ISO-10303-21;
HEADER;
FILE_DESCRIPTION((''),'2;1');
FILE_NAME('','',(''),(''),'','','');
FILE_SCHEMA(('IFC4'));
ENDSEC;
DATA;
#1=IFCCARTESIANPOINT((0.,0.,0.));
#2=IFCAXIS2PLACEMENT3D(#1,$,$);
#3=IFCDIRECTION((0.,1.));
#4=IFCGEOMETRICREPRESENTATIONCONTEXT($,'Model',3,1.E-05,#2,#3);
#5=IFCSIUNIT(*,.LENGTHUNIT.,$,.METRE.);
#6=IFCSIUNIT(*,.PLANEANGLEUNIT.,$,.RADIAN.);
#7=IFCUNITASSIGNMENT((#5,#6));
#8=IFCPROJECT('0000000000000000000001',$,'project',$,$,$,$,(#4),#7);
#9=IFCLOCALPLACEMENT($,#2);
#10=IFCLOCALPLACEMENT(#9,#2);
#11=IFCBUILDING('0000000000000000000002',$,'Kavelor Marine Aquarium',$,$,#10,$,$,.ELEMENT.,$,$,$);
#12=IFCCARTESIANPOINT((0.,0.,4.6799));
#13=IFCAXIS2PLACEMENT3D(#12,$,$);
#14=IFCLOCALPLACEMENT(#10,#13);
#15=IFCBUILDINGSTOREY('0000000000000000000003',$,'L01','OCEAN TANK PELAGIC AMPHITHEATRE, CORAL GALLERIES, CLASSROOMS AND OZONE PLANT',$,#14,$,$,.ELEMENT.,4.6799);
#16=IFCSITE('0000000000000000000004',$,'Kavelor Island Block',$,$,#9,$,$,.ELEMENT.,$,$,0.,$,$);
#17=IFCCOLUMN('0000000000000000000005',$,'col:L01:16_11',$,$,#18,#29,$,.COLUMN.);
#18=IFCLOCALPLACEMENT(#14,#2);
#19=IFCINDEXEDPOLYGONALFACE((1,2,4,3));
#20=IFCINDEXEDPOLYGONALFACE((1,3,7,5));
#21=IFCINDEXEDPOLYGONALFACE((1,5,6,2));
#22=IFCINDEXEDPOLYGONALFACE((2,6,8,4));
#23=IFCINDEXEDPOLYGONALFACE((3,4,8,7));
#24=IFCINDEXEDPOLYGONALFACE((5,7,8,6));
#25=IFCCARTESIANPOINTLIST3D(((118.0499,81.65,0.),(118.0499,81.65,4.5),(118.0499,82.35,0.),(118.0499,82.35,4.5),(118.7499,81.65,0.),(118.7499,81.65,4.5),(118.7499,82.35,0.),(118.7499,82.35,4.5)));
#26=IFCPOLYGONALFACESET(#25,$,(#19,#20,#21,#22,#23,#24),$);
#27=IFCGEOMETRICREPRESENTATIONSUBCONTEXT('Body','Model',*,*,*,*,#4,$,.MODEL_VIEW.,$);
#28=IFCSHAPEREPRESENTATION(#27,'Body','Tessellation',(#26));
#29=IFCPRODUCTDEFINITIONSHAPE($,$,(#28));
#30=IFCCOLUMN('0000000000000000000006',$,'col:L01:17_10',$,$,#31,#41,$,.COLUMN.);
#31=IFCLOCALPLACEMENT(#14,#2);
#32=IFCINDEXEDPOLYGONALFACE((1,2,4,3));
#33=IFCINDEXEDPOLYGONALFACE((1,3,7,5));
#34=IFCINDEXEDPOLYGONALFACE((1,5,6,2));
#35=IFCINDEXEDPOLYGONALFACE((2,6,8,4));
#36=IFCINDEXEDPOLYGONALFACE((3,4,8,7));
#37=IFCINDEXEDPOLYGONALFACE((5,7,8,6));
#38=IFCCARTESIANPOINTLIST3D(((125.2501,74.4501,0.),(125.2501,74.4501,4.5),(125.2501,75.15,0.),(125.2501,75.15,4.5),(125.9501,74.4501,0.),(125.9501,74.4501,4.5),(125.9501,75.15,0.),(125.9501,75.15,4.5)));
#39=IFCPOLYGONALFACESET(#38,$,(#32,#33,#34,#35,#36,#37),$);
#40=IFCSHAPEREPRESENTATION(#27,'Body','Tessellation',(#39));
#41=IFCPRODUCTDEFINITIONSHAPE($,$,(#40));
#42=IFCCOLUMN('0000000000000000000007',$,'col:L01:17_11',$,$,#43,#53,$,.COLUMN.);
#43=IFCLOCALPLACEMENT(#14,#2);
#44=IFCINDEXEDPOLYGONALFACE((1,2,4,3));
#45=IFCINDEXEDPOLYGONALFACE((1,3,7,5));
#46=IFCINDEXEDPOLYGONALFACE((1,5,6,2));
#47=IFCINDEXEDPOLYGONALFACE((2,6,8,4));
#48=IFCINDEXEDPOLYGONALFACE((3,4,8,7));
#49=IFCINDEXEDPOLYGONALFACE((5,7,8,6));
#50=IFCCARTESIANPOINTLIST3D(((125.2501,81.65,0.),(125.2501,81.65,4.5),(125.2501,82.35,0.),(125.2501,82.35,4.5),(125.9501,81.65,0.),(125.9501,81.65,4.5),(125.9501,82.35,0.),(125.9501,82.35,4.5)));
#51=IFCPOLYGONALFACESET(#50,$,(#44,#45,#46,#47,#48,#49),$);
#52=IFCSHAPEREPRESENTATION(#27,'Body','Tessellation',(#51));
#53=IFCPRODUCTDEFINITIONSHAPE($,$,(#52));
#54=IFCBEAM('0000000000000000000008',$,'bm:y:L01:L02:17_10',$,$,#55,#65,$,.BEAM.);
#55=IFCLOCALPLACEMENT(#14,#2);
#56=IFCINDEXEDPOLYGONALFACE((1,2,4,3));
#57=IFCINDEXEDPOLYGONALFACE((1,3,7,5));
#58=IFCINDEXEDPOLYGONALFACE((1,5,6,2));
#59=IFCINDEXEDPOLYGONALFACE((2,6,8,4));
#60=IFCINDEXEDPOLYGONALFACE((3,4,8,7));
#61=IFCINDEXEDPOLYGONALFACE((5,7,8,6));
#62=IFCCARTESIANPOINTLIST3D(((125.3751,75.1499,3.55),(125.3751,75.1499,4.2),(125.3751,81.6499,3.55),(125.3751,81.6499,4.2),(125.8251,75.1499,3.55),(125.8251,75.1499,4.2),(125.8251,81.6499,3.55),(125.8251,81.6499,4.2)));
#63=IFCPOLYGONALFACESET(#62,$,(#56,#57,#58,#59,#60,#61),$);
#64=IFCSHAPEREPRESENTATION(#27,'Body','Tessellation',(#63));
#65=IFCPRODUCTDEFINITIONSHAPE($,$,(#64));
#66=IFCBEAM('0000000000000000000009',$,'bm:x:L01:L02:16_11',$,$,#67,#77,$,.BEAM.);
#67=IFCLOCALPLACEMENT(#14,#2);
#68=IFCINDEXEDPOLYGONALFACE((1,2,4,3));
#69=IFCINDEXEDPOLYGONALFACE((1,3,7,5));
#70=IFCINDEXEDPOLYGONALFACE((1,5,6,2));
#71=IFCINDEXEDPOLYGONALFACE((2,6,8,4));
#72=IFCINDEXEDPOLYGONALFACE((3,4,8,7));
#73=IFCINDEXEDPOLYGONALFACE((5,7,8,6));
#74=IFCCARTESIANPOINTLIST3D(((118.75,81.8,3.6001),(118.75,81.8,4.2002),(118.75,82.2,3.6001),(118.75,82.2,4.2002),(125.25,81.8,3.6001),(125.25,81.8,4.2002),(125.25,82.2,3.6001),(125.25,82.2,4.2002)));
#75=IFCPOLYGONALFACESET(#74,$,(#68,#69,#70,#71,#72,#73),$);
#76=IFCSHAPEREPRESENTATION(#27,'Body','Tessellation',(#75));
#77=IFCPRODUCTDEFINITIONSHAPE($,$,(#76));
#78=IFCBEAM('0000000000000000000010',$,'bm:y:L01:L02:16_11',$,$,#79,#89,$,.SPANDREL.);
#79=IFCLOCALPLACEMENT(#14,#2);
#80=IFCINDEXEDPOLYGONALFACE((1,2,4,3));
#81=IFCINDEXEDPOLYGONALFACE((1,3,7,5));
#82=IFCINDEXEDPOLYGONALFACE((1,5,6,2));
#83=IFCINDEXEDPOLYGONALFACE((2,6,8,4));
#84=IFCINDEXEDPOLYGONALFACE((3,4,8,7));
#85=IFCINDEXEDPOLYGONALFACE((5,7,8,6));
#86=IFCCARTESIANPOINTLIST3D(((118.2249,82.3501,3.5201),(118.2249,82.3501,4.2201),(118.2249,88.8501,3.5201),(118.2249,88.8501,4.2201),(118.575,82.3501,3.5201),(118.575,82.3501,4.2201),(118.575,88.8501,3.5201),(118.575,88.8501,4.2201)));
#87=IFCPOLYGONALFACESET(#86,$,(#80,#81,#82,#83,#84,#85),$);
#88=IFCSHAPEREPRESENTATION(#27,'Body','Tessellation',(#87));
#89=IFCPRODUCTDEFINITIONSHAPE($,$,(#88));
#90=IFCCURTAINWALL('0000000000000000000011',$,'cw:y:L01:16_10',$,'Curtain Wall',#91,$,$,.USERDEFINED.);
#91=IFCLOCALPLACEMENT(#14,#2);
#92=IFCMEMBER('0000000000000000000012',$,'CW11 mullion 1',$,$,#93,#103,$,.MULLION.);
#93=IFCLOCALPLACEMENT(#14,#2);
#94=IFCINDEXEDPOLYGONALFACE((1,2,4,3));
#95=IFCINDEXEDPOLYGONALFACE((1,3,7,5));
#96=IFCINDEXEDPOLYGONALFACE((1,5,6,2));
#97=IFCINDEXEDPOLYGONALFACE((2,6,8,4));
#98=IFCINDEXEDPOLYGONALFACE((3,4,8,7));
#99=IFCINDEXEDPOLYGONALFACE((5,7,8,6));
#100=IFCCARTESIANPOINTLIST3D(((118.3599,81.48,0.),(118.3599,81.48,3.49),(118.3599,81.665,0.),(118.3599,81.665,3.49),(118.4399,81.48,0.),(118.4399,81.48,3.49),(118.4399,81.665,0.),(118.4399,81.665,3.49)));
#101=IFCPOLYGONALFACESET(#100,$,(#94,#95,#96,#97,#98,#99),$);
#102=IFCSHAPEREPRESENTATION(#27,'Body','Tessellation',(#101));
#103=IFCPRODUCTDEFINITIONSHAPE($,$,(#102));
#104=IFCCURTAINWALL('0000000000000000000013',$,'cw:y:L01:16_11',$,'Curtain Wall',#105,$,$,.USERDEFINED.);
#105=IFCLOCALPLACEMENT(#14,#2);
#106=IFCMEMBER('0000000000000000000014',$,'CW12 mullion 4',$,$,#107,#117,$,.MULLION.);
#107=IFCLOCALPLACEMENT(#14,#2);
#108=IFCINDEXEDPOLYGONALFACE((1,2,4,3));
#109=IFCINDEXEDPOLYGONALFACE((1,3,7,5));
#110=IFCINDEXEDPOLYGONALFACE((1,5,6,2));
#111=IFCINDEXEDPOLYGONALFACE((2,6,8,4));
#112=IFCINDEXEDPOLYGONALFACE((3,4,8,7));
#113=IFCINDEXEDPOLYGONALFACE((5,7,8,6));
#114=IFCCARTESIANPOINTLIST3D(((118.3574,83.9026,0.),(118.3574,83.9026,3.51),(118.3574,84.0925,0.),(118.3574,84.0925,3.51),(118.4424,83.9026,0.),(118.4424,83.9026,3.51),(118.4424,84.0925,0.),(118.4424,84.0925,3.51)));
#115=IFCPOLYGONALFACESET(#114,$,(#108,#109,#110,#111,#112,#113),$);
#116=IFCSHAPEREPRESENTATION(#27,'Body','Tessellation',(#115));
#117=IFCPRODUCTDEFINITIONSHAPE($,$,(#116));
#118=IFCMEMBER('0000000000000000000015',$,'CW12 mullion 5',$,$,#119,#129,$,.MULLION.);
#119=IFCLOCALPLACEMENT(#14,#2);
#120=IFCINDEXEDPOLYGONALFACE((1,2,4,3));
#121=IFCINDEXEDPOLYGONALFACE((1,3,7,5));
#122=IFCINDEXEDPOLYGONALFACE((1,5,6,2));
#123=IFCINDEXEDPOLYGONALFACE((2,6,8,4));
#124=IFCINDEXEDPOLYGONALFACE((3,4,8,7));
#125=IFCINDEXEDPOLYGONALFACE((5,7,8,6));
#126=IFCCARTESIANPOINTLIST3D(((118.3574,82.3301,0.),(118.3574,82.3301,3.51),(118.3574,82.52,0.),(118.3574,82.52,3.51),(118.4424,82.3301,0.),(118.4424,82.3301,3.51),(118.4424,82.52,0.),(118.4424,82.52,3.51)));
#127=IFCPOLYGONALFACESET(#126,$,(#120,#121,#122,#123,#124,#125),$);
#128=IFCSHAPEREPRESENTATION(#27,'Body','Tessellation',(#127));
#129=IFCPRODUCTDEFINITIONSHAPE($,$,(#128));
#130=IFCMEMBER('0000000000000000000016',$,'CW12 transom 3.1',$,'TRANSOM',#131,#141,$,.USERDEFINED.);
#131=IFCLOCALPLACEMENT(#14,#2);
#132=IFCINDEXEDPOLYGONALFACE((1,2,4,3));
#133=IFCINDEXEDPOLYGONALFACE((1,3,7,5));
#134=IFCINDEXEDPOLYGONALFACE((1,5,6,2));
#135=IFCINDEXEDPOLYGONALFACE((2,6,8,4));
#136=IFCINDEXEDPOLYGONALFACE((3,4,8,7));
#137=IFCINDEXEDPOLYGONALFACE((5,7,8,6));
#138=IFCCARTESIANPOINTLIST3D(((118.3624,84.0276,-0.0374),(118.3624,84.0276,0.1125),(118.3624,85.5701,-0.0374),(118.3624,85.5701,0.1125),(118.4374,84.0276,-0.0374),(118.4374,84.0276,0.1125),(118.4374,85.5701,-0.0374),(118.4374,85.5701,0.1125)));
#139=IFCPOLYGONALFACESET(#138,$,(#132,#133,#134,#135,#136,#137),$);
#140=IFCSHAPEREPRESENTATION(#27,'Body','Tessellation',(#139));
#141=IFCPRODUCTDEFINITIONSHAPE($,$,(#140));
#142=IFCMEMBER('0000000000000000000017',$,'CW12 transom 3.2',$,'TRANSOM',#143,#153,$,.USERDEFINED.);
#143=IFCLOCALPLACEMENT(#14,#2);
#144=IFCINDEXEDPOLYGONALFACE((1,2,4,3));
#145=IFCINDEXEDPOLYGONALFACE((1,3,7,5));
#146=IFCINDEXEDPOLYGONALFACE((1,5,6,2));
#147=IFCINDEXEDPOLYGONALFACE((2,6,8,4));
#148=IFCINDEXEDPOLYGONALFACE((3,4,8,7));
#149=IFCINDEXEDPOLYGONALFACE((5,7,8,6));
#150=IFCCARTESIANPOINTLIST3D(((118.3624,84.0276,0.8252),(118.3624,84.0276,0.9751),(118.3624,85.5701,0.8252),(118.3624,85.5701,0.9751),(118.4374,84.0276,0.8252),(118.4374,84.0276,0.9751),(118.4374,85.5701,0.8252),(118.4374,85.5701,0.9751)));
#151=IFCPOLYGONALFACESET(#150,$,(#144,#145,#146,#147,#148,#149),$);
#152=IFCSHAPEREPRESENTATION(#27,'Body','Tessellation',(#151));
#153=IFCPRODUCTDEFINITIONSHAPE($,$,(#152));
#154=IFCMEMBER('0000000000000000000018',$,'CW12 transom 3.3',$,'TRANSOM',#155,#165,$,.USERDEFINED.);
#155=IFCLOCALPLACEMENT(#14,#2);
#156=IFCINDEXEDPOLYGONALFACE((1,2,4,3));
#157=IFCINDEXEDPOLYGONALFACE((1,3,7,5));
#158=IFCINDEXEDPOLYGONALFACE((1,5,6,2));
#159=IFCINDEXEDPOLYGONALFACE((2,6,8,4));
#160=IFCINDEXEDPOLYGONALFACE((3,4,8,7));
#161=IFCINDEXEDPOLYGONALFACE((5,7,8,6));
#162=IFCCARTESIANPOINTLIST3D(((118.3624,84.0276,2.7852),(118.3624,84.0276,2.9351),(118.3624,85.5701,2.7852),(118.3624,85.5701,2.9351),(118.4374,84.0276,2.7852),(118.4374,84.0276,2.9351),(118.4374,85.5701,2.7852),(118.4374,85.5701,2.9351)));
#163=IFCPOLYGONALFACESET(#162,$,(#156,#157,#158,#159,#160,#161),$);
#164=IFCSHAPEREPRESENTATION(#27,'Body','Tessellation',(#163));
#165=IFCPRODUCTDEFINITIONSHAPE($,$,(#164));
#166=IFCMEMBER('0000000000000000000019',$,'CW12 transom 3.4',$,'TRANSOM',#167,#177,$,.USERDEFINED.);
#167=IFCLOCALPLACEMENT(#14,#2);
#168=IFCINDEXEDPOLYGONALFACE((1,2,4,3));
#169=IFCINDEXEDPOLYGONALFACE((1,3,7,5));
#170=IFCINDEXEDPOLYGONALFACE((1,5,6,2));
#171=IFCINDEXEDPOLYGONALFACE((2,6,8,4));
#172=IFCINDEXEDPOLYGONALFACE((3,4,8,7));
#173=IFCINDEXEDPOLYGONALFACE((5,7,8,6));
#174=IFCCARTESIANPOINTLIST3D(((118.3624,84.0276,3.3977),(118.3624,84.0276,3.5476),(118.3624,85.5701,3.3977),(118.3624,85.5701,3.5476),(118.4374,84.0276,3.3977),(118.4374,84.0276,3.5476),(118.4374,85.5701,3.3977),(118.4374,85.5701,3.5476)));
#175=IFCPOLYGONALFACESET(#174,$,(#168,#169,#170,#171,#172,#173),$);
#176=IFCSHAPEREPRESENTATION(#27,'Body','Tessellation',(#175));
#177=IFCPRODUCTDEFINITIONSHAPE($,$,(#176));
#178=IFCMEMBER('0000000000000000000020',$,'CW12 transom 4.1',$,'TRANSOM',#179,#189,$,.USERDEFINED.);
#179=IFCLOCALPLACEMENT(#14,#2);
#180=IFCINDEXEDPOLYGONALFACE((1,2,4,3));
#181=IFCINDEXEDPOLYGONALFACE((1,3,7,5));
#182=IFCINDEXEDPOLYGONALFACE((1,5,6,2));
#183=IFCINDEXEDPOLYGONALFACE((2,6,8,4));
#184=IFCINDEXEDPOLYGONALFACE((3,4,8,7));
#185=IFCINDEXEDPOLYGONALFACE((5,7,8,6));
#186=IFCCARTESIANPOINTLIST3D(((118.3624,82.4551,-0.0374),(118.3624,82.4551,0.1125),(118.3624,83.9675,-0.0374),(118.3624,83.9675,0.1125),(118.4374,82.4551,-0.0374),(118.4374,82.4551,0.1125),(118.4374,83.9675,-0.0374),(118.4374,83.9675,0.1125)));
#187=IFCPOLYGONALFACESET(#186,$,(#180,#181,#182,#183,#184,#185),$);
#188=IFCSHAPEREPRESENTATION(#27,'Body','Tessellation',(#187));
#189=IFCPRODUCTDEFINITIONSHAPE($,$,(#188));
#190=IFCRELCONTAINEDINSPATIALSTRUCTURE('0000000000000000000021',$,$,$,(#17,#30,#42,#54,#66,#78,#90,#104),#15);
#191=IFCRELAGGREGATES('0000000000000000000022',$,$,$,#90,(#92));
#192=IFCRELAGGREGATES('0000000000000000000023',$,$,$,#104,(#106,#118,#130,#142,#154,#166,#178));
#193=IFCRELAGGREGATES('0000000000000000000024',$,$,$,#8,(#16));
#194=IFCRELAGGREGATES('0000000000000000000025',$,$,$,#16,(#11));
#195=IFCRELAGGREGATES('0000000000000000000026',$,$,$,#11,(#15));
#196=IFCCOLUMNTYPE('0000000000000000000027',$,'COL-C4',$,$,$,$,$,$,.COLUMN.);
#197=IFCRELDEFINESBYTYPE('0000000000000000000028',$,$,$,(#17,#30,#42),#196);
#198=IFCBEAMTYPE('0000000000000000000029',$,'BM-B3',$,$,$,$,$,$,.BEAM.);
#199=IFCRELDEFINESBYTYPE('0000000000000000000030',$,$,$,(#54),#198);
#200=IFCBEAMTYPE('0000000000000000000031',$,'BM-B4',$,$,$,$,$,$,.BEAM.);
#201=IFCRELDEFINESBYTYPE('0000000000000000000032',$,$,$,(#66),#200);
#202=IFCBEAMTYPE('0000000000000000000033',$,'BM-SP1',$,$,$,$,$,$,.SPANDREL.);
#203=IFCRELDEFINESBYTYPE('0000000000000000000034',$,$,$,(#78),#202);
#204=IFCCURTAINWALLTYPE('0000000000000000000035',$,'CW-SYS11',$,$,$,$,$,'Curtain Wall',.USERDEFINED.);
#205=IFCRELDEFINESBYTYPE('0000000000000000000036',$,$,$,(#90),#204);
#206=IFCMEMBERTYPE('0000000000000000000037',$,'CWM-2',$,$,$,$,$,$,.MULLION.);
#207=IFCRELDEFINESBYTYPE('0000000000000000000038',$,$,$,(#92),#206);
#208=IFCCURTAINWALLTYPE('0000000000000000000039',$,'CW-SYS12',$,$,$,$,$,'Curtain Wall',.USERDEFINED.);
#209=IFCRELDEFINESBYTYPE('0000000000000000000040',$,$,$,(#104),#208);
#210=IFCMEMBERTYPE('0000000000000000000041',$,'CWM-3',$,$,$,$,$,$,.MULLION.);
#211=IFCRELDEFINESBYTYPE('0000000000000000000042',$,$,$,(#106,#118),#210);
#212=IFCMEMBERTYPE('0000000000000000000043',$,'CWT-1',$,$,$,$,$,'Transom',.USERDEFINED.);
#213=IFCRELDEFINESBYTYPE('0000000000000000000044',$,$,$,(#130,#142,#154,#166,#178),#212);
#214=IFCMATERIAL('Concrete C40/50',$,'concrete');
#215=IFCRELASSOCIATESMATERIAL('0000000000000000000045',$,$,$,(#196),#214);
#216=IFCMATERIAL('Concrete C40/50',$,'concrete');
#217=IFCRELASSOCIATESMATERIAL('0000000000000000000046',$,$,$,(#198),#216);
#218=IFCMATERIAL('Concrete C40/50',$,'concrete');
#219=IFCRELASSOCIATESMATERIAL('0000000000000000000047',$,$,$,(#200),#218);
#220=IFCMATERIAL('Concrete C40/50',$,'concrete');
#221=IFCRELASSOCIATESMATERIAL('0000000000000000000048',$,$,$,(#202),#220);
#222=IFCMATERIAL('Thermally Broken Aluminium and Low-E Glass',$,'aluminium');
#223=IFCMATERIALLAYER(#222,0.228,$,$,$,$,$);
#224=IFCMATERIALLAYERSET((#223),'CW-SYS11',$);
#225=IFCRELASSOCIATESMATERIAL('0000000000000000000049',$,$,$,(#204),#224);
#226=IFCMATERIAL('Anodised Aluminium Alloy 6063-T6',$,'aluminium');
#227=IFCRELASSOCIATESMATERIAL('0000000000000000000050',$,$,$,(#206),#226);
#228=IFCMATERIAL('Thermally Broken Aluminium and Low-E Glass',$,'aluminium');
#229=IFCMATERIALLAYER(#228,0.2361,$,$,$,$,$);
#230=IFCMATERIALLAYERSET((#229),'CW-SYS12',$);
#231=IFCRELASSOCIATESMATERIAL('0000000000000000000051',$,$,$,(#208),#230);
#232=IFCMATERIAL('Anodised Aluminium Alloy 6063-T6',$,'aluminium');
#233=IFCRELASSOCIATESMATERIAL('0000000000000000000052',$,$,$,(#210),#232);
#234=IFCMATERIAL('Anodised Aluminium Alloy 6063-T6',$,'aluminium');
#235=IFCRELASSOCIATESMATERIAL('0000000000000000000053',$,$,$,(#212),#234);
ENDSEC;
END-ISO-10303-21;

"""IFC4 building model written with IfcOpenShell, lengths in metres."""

from ifc_helpers import new_model, si_unit, direction, frame, origin, origin_2d, place, context, subcontext, project, spatial, rectangle, extrude, material, layer, layer_set, material_profile, profile_set, type_object, element, aggregate, save


model = new_model("IFC4")

# Units and contexts
model_context = context("Model", 3, precision=1e-05, world=origin(), true_north=direction((0.0, 1.0)))
body_context = subcontext(model_context, "Body", "Model", "MODEL_VIEW")
ifc_project = project(units=[si_unit("LENGTHUNIT", "METRE"), si_unit("PLANEANGLEUNIT", "RADIAN")], contexts=[model_context])

# Site, building, storey
site_placement = place(None, origin())
site = spatial("IfcSite", under=ifc_project, at=site_placement, Name="Kavelor Island Block", CompositionType="ELEMENT", RefElevation=0.0)
building_placement = place(site_placement, origin())
building = spatial("IfcBuilding", under=site, at=building_placement, Name="Kavelor Marine Aquarium", CompositionType="ELEMENT")
storey_placement = place(building_placement, frame((0.0, 0.0, 4.6799)))
storey = spatial("IfcBuildingStorey", under=building, at=storey_placement, Name="L01", Description="OCEAN TANK PELAGIC AMPHITHEATRE, CORAL GALLERIES, CLASSROOMS AND OZONE PLANT", CompositionType="ELEMENT", Elevation=4.6799)

# Columns
ifc_material_1 = material(Name="Concrete C40/50", Category="concrete")
ifc_material_profile_1 = material_profile(ifc_material_1, rectangle(XDim=0.7, YDim=0.7, at=origin_2d()), Name="RC-COL 700x700")
ifc_profile_set_1 = profile_set([ifc_material_profile_1], Name="Concrete C40/50")
column_type = type_object("IfcColumnType", Name="COL-C4", PredefinedType="COLUMN", material=ifc_profile_set_1)
for number, where, z_axis, x_axis, name in (
    (1, (118.3999, 82.0, 0.0), (0.0, 0.0, 1.0), (1.0, 0.0, 0.0), "col:L01:16_11"),
    (2, (125.6001, 74.8, 0.0), (0.0, 0.0, 1.0), (1.0, 0.0, 0.0), "col:L01:17_10"),
    (3, (125.6001, 82.0, 0.0), (0.0, 0.0, 1.0), (1.0, 0.0, 0.0), "col:L01:17_11"),
):
    element("IfcColumn", number, at=place(storey_placement, frame(where, z_axis=z_axis, x_axis=x_axis)), inside=storey, type_object=column_type, Name=name, PredefinedType="COLUMN", context=body_context, shape_type="SweptSolid", body=[
        extrude(rectangle(XDim=0.7, YDim=0.7, at=origin_2d()), origin(), (0.0, 0.0, 1.0), 4.5),
    ])

# Beams
ifc_material_2 = material(Name="Concrete C40/50", Category="concrete")
ifc_material_profile_2 = material_profile(ifc_material_2, rectangle(XDim=0.45, YDim=0.6499, at=origin_2d()), Name="RC-BM 450x650")
ifc_profile_set_2 = profile_set([ifc_material_profile_2], Name="Concrete C40/50")
beam_type_1 = type_object("IfcBeamType", Name="BM-B3", PredefinedType="BEAM", material=ifc_profile_set_2)
beam_1_placement = place(storey_placement, frame((125.6001, 75.1499, 3.875), z_axis=(0.0, 1.0, 0.0), x_axis=(-1.0, 0.0, 0.0)))
element("IfcBeam", 4, at=beam_1_placement, inside=storey, type_object=beam_type_1, Name="bm:y:L01:L02:17_10", PredefinedType="BEAM", context=body_context, shape_type="SweptSolid", body=[
    extrude(rectangle(XDim=0.45, YDim=0.6499, at=origin_2d()), origin(), (0.0, 0.0, 1.0), 6.5),
])
ifc_material_3 = material(Name="Concrete C40/50", Category="concrete")
ifc_material_profile_3 = material_profile(ifc_material_3, rectangle(XDim=0.3999, YDim=0.6001, at=origin_2d()), Name="RC-BM 400x600")
ifc_profile_set_3 = profile_set([ifc_material_profile_3], Name="Concrete C40/50")
beam_type_2 = type_object("IfcBeamType", Name="BM-B4", PredefinedType="BEAM", material=ifc_profile_set_3)
beam_2_placement = place(storey_placement, frame((118.75, 82.0, 3.9001), z_axis=(1.0, 0.0, 0.0), x_axis=(0.0, 1.0, 0.0)))
element("IfcBeam", 5, at=beam_2_placement, inside=storey, type_object=beam_type_2, Name="bm:x:L01:L02:16_11", PredefinedType="BEAM", context=body_context, shape_type="SweptSolid", body=[
    extrude(rectangle(XDim=0.3999, YDim=0.6001, at=origin_2d()), origin(), (0.0, 0.0, 1.0), 6.5),
])
ifc_material_4 = material(Name="Concrete C40/50", Category="concrete")
ifc_material_profile_4 = material_profile(ifc_material_4, rectangle(XDim=0.3501, YDim=0.7, at=origin_2d()), Name="RC-SP 350x700")
ifc_profile_set_4 = profile_set([ifc_material_profile_4], Name="Concrete C40/50")
beam_type_3 = type_object("IfcBeamType", Name="BM-SP1", PredefinedType="SPANDREL", material=ifc_profile_set_4)
beam_3_placement = place(storey_placement, frame((118.3999, 82.3501, 3.8701), z_axis=(0.0, 1.0, 0.0), x_axis=(-1.0, 0.0, 0.0)))
element("IfcBeam", 6, at=beam_3_placement, inside=storey, type_object=beam_type_3, Name="bm:y:L01:L02:16_11", PredefinedType="SPANDREL", context=body_context, shape_type="SweptSolid", body=[
    extrude(rectangle(XDim=0.3501, YDim=0.7, at=origin_2d()), origin(), (0.0, 0.0, 1.0), 6.5),
])

# Curtain wall, member
ifc_material_5 = material(Name="Thermally Broken Aluminium and Low-E Glass", Category="aluminium")
ifc_layer_1 = layer(ifc_material_5, 0.228)
ifc_layer_set_1 = layer_set([ifc_layer_1], Name="CW-SYS11")
curtain_wall_type_1 = type_object("IfcCurtainWallType", Name="CW-SYS11", ElementType="Curtain Wall", PredefinedType="USERDEFINED", material=ifc_layer_set_1)
curtain_wall_1_placement = place(storey_placement, origin())
curtain_wall_1 = element("IfcCurtainWall", 7, at=curtain_wall_1_placement, inside=storey, type_object=curtain_wall_type_1, Name="cw:y:L01:16_10", ObjectType="Curtain Wall", PredefinedType="USERDEFINED")
ifc_material_6 = material(Name="Anodised Aluminium Alloy 6063-T6", Category="aluminium")
ifc_material_profile_5 = material_profile(ifc_material_6, rectangle(XDim=0.0801, YDim=0.1851, at=origin_2d()), Name="CW-MUL 80x185")
ifc_profile_set_5 = profile_set([ifc_material_profile_5], Name="Anodised Aluminium Alloy 6063-T6")
member_type_1 = type_object("IfcMemberType", Name="CWM-2", PredefinedType="MULLION", material=ifc_profile_set_5)
member_1_placement = place(storey_placement, frame((118.3999, 81.5725, 0.0), z_axis=(0.0, 0.0, 1.0), x_axis=(1.0, 0.0, 0.0)))
member_1 = element("IfcMember", 8, at=member_1_placement, type_object=member_type_1, Name="CW11 mullion 1", PredefinedType="MULLION", context=body_context, shape_type="SweptSolid", body=[
    extrude(rectangle(XDim=0.0801, YDim=0.1851, at=origin_2d()), origin(), (0.0, 0.0, 1.0), 3.49),
])

# Curtain wall, members
ifc_material_7 = material(Name="Thermally Broken Aluminium and Low-E Glass", Category="aluminium")
ifc_layer_2 = layer(ifc_material_7, 0.2361)
ifc_layer_set_2 = layer_set([ifc_layer_2], Name="CW-SYS12")
curtain_wall_type_2 = type_object("IfcCurtainWallType", Name="CW-SYS12", ElementType="Curtain Wall", PredefinedType="USERDEFINED", material=ifc_layer_set_2)
curtain_wall_2_placement = place(storey_placement, origin())
curtain_wall_2 = element("IfcCurtainWall", 9, at=curtain_wall_2_placement, inside=storey, type_object=curtain_wall_type_2, Name="cw:y:L01:16_11", ObjectType="Curtain Wall", PredefinedType="USERDEFINED")
ifc_material_8 = material(Name="Anodised Aluminium Alloy 6063-T6", Category="aluminium")
ifc_material_profile_6 = material_profile(ifc_material_8, rectangle(XDim=0.085, YDim=0.1899, at=origin_2d()), Name="CW-MUL 85x190")
ifc_profile_set_6 = profile_set([ifc_material_profile_6], Name="Anodised Aluminium Alloy 6063-T6")
member_type_2 = type_object("IfcMemberType", Name="CWM-3", PredefinedType="MULLION", material=ifc_profile_set_6)
member_2_placement = place(storey_placement, frame((118.3999, 83.9976, 0.0), z_axis=(0.0, 0.0, 1.0), x_axis=(1.0, 0.0, 0.0)))
member_2 = element("IfcMember", 10, at=member_2_placement, type_object=member_type_2, Name="CW12 mullion 4", PredefinedType="MULLION", context=body_context, shape_type="SweptSolid", body=[
    extrude(rectangle(XDim=0.085, YDim=0.1899, at=origin_2d()), origin(), (0.0, 0.0, 1.0), 3.51),
])
member_3_placement = place(storey_placement, frame((118.3999, 82.425, 0.0), z_axis=(0.0, 0.0, 1.0), x_axis=(1.0, 0.0, 0.0)))
member_3 = element("IfcMember", 11, at=member_3_placement, type_object=member_type_2, Name="CW12 mullion 5", PredefinedType="MULLION", context=body_context, shape_type="SweptSolid", body=[
    extrude(rectangle(XDim=0.085, YDim=0.1899, at=origin_2d()), origin(), (0.0, 0.0, 1.0), 3.51),
])
ifc_material_9 = material(Name="Anodised Aluminium Alloy 6063-T6", Category="aluminium")
ifc_material_profile_7 = material_profile(ifc_material_9, rectangle(XDim=0.075, YDim=0.1499, at=origin_2d()), Name="CW-TRN 75x150")
ifc_profile_set_7 = profile_set([ifc_material_profile_7], Name="Anodised Aluminium Alloy 6063-T6")
member_type_3 = type_object("IfcMemberType", Name="CWT-1", ElementType="Transom", PredefinedType="USERDEFINED", material=ifc_profile_set_7)
member_4_placement = place(storey_placement, frame((118.3999, 85.5701, 0.0376), z_axis=(0.0, -1.0, 0.0), x_axis=(1.0, 0.0, 0.0)))
member_4 = element("IfcMember", 12, at=member_4_placement, type_object=member_type_3, Name="CW12 transom 3.1", ObjectType="TRANSOM", PredefinedType="USERDEFINED", context=body_context, shape_type="SweptSolid", body=[
    extrude(rectangle(XDim=0.075, YDim=0.1499, at=origin_2d()), origin(), (0.0, 0.0, 1.0), 1.5425),
])
member_5_placement = place(storey_placement, frame((118.3999, 85.5701, 0.9001), z_axis=(0.0, -1.0, 0.0), x_axis=(1.0, 0.0, 0.0)))
member_5 = element("IfcMember", 13, at=member_5_placement, type_object=member_type_3, Name="CW12 transom 3.2", ObjectType="TRANSOM", PredefinedType="USERDEFINED", context=body_context, shape_type="SweptSolid", body=[
    extrude(rectangle(XDim=0.075, YDim=0.1499, at=origin_2d()), origin(), (0.0, 0.0, 1.0), 1.5425),
])
member_6_placement = place(storey_placement, frame((118.3999, 85.5701, 2.8601), z_axis=(0.0, -1.0, 0.0), x_axis=(1.0, 0.0, 0.0)))
member_6 = element("IfcMember", 14, at=member_6_placement, type_object=member_type_3, Name="CW12 transom 3.3", ObjectType="TRANSOM", PredefinedType="USERDEFINED", context=body_context, shape_type="SweptSolid", body=[
    extrude(rectangle(XDim=0.075, YDim=0.1499, at=origin_2d()), origin(), (0.0, 0.0, 1.0), 1.5425),
])
member_7_placement = place(storey_placement, frame((118.3999, 85.5701, 3.4727), z_axis=(0.0, -1.0, 0.0), x_axis=(1.0, 0.0, 0.0)))
member_7 = element("IfcMember", 15, at=member_7_placement, type_object=member_type_3, Name="CW12 transom 3.4", ObjectType="TRANSOM", PredefinedType="USERDEFINED", context=body_context, shape_type="SweptSolid", body=[
    extrude(rectangle(XDim=0.075, YDim=0.1499, at=origin_2d()), origin(), (0.0, 0.0, 1.0), 1.5425),
])
member_8_placement = place(storey_placement, frame((118.3999, 83.9675, 0.0376), z_axis=(0.0, -1.0, 0.0), x_axis=(1.0, 0.0, 0.0)))
member_8 = element("IfcMember", 16, at=member_8_placement, type_object=member_type_3, Name="CW12 transom 4.1", ObjectType="TRANSOM", PredefinedType="USERDEFINED", context=body_context, shape_type="SweptSolid", body=[
    extrude(rectangle(XDim=0.075, YDim=0.1499, at=origin_2d()), origin(), (0.0, 0.0, 1.0), 1.5125),
])

aggregate(curtain_wall_1, [member_1])

aggregate(curtain_wall_2, [member_2, member_3, member_4, member_5, member_6, member_7, member_8])

save(model, "model.ifc")
